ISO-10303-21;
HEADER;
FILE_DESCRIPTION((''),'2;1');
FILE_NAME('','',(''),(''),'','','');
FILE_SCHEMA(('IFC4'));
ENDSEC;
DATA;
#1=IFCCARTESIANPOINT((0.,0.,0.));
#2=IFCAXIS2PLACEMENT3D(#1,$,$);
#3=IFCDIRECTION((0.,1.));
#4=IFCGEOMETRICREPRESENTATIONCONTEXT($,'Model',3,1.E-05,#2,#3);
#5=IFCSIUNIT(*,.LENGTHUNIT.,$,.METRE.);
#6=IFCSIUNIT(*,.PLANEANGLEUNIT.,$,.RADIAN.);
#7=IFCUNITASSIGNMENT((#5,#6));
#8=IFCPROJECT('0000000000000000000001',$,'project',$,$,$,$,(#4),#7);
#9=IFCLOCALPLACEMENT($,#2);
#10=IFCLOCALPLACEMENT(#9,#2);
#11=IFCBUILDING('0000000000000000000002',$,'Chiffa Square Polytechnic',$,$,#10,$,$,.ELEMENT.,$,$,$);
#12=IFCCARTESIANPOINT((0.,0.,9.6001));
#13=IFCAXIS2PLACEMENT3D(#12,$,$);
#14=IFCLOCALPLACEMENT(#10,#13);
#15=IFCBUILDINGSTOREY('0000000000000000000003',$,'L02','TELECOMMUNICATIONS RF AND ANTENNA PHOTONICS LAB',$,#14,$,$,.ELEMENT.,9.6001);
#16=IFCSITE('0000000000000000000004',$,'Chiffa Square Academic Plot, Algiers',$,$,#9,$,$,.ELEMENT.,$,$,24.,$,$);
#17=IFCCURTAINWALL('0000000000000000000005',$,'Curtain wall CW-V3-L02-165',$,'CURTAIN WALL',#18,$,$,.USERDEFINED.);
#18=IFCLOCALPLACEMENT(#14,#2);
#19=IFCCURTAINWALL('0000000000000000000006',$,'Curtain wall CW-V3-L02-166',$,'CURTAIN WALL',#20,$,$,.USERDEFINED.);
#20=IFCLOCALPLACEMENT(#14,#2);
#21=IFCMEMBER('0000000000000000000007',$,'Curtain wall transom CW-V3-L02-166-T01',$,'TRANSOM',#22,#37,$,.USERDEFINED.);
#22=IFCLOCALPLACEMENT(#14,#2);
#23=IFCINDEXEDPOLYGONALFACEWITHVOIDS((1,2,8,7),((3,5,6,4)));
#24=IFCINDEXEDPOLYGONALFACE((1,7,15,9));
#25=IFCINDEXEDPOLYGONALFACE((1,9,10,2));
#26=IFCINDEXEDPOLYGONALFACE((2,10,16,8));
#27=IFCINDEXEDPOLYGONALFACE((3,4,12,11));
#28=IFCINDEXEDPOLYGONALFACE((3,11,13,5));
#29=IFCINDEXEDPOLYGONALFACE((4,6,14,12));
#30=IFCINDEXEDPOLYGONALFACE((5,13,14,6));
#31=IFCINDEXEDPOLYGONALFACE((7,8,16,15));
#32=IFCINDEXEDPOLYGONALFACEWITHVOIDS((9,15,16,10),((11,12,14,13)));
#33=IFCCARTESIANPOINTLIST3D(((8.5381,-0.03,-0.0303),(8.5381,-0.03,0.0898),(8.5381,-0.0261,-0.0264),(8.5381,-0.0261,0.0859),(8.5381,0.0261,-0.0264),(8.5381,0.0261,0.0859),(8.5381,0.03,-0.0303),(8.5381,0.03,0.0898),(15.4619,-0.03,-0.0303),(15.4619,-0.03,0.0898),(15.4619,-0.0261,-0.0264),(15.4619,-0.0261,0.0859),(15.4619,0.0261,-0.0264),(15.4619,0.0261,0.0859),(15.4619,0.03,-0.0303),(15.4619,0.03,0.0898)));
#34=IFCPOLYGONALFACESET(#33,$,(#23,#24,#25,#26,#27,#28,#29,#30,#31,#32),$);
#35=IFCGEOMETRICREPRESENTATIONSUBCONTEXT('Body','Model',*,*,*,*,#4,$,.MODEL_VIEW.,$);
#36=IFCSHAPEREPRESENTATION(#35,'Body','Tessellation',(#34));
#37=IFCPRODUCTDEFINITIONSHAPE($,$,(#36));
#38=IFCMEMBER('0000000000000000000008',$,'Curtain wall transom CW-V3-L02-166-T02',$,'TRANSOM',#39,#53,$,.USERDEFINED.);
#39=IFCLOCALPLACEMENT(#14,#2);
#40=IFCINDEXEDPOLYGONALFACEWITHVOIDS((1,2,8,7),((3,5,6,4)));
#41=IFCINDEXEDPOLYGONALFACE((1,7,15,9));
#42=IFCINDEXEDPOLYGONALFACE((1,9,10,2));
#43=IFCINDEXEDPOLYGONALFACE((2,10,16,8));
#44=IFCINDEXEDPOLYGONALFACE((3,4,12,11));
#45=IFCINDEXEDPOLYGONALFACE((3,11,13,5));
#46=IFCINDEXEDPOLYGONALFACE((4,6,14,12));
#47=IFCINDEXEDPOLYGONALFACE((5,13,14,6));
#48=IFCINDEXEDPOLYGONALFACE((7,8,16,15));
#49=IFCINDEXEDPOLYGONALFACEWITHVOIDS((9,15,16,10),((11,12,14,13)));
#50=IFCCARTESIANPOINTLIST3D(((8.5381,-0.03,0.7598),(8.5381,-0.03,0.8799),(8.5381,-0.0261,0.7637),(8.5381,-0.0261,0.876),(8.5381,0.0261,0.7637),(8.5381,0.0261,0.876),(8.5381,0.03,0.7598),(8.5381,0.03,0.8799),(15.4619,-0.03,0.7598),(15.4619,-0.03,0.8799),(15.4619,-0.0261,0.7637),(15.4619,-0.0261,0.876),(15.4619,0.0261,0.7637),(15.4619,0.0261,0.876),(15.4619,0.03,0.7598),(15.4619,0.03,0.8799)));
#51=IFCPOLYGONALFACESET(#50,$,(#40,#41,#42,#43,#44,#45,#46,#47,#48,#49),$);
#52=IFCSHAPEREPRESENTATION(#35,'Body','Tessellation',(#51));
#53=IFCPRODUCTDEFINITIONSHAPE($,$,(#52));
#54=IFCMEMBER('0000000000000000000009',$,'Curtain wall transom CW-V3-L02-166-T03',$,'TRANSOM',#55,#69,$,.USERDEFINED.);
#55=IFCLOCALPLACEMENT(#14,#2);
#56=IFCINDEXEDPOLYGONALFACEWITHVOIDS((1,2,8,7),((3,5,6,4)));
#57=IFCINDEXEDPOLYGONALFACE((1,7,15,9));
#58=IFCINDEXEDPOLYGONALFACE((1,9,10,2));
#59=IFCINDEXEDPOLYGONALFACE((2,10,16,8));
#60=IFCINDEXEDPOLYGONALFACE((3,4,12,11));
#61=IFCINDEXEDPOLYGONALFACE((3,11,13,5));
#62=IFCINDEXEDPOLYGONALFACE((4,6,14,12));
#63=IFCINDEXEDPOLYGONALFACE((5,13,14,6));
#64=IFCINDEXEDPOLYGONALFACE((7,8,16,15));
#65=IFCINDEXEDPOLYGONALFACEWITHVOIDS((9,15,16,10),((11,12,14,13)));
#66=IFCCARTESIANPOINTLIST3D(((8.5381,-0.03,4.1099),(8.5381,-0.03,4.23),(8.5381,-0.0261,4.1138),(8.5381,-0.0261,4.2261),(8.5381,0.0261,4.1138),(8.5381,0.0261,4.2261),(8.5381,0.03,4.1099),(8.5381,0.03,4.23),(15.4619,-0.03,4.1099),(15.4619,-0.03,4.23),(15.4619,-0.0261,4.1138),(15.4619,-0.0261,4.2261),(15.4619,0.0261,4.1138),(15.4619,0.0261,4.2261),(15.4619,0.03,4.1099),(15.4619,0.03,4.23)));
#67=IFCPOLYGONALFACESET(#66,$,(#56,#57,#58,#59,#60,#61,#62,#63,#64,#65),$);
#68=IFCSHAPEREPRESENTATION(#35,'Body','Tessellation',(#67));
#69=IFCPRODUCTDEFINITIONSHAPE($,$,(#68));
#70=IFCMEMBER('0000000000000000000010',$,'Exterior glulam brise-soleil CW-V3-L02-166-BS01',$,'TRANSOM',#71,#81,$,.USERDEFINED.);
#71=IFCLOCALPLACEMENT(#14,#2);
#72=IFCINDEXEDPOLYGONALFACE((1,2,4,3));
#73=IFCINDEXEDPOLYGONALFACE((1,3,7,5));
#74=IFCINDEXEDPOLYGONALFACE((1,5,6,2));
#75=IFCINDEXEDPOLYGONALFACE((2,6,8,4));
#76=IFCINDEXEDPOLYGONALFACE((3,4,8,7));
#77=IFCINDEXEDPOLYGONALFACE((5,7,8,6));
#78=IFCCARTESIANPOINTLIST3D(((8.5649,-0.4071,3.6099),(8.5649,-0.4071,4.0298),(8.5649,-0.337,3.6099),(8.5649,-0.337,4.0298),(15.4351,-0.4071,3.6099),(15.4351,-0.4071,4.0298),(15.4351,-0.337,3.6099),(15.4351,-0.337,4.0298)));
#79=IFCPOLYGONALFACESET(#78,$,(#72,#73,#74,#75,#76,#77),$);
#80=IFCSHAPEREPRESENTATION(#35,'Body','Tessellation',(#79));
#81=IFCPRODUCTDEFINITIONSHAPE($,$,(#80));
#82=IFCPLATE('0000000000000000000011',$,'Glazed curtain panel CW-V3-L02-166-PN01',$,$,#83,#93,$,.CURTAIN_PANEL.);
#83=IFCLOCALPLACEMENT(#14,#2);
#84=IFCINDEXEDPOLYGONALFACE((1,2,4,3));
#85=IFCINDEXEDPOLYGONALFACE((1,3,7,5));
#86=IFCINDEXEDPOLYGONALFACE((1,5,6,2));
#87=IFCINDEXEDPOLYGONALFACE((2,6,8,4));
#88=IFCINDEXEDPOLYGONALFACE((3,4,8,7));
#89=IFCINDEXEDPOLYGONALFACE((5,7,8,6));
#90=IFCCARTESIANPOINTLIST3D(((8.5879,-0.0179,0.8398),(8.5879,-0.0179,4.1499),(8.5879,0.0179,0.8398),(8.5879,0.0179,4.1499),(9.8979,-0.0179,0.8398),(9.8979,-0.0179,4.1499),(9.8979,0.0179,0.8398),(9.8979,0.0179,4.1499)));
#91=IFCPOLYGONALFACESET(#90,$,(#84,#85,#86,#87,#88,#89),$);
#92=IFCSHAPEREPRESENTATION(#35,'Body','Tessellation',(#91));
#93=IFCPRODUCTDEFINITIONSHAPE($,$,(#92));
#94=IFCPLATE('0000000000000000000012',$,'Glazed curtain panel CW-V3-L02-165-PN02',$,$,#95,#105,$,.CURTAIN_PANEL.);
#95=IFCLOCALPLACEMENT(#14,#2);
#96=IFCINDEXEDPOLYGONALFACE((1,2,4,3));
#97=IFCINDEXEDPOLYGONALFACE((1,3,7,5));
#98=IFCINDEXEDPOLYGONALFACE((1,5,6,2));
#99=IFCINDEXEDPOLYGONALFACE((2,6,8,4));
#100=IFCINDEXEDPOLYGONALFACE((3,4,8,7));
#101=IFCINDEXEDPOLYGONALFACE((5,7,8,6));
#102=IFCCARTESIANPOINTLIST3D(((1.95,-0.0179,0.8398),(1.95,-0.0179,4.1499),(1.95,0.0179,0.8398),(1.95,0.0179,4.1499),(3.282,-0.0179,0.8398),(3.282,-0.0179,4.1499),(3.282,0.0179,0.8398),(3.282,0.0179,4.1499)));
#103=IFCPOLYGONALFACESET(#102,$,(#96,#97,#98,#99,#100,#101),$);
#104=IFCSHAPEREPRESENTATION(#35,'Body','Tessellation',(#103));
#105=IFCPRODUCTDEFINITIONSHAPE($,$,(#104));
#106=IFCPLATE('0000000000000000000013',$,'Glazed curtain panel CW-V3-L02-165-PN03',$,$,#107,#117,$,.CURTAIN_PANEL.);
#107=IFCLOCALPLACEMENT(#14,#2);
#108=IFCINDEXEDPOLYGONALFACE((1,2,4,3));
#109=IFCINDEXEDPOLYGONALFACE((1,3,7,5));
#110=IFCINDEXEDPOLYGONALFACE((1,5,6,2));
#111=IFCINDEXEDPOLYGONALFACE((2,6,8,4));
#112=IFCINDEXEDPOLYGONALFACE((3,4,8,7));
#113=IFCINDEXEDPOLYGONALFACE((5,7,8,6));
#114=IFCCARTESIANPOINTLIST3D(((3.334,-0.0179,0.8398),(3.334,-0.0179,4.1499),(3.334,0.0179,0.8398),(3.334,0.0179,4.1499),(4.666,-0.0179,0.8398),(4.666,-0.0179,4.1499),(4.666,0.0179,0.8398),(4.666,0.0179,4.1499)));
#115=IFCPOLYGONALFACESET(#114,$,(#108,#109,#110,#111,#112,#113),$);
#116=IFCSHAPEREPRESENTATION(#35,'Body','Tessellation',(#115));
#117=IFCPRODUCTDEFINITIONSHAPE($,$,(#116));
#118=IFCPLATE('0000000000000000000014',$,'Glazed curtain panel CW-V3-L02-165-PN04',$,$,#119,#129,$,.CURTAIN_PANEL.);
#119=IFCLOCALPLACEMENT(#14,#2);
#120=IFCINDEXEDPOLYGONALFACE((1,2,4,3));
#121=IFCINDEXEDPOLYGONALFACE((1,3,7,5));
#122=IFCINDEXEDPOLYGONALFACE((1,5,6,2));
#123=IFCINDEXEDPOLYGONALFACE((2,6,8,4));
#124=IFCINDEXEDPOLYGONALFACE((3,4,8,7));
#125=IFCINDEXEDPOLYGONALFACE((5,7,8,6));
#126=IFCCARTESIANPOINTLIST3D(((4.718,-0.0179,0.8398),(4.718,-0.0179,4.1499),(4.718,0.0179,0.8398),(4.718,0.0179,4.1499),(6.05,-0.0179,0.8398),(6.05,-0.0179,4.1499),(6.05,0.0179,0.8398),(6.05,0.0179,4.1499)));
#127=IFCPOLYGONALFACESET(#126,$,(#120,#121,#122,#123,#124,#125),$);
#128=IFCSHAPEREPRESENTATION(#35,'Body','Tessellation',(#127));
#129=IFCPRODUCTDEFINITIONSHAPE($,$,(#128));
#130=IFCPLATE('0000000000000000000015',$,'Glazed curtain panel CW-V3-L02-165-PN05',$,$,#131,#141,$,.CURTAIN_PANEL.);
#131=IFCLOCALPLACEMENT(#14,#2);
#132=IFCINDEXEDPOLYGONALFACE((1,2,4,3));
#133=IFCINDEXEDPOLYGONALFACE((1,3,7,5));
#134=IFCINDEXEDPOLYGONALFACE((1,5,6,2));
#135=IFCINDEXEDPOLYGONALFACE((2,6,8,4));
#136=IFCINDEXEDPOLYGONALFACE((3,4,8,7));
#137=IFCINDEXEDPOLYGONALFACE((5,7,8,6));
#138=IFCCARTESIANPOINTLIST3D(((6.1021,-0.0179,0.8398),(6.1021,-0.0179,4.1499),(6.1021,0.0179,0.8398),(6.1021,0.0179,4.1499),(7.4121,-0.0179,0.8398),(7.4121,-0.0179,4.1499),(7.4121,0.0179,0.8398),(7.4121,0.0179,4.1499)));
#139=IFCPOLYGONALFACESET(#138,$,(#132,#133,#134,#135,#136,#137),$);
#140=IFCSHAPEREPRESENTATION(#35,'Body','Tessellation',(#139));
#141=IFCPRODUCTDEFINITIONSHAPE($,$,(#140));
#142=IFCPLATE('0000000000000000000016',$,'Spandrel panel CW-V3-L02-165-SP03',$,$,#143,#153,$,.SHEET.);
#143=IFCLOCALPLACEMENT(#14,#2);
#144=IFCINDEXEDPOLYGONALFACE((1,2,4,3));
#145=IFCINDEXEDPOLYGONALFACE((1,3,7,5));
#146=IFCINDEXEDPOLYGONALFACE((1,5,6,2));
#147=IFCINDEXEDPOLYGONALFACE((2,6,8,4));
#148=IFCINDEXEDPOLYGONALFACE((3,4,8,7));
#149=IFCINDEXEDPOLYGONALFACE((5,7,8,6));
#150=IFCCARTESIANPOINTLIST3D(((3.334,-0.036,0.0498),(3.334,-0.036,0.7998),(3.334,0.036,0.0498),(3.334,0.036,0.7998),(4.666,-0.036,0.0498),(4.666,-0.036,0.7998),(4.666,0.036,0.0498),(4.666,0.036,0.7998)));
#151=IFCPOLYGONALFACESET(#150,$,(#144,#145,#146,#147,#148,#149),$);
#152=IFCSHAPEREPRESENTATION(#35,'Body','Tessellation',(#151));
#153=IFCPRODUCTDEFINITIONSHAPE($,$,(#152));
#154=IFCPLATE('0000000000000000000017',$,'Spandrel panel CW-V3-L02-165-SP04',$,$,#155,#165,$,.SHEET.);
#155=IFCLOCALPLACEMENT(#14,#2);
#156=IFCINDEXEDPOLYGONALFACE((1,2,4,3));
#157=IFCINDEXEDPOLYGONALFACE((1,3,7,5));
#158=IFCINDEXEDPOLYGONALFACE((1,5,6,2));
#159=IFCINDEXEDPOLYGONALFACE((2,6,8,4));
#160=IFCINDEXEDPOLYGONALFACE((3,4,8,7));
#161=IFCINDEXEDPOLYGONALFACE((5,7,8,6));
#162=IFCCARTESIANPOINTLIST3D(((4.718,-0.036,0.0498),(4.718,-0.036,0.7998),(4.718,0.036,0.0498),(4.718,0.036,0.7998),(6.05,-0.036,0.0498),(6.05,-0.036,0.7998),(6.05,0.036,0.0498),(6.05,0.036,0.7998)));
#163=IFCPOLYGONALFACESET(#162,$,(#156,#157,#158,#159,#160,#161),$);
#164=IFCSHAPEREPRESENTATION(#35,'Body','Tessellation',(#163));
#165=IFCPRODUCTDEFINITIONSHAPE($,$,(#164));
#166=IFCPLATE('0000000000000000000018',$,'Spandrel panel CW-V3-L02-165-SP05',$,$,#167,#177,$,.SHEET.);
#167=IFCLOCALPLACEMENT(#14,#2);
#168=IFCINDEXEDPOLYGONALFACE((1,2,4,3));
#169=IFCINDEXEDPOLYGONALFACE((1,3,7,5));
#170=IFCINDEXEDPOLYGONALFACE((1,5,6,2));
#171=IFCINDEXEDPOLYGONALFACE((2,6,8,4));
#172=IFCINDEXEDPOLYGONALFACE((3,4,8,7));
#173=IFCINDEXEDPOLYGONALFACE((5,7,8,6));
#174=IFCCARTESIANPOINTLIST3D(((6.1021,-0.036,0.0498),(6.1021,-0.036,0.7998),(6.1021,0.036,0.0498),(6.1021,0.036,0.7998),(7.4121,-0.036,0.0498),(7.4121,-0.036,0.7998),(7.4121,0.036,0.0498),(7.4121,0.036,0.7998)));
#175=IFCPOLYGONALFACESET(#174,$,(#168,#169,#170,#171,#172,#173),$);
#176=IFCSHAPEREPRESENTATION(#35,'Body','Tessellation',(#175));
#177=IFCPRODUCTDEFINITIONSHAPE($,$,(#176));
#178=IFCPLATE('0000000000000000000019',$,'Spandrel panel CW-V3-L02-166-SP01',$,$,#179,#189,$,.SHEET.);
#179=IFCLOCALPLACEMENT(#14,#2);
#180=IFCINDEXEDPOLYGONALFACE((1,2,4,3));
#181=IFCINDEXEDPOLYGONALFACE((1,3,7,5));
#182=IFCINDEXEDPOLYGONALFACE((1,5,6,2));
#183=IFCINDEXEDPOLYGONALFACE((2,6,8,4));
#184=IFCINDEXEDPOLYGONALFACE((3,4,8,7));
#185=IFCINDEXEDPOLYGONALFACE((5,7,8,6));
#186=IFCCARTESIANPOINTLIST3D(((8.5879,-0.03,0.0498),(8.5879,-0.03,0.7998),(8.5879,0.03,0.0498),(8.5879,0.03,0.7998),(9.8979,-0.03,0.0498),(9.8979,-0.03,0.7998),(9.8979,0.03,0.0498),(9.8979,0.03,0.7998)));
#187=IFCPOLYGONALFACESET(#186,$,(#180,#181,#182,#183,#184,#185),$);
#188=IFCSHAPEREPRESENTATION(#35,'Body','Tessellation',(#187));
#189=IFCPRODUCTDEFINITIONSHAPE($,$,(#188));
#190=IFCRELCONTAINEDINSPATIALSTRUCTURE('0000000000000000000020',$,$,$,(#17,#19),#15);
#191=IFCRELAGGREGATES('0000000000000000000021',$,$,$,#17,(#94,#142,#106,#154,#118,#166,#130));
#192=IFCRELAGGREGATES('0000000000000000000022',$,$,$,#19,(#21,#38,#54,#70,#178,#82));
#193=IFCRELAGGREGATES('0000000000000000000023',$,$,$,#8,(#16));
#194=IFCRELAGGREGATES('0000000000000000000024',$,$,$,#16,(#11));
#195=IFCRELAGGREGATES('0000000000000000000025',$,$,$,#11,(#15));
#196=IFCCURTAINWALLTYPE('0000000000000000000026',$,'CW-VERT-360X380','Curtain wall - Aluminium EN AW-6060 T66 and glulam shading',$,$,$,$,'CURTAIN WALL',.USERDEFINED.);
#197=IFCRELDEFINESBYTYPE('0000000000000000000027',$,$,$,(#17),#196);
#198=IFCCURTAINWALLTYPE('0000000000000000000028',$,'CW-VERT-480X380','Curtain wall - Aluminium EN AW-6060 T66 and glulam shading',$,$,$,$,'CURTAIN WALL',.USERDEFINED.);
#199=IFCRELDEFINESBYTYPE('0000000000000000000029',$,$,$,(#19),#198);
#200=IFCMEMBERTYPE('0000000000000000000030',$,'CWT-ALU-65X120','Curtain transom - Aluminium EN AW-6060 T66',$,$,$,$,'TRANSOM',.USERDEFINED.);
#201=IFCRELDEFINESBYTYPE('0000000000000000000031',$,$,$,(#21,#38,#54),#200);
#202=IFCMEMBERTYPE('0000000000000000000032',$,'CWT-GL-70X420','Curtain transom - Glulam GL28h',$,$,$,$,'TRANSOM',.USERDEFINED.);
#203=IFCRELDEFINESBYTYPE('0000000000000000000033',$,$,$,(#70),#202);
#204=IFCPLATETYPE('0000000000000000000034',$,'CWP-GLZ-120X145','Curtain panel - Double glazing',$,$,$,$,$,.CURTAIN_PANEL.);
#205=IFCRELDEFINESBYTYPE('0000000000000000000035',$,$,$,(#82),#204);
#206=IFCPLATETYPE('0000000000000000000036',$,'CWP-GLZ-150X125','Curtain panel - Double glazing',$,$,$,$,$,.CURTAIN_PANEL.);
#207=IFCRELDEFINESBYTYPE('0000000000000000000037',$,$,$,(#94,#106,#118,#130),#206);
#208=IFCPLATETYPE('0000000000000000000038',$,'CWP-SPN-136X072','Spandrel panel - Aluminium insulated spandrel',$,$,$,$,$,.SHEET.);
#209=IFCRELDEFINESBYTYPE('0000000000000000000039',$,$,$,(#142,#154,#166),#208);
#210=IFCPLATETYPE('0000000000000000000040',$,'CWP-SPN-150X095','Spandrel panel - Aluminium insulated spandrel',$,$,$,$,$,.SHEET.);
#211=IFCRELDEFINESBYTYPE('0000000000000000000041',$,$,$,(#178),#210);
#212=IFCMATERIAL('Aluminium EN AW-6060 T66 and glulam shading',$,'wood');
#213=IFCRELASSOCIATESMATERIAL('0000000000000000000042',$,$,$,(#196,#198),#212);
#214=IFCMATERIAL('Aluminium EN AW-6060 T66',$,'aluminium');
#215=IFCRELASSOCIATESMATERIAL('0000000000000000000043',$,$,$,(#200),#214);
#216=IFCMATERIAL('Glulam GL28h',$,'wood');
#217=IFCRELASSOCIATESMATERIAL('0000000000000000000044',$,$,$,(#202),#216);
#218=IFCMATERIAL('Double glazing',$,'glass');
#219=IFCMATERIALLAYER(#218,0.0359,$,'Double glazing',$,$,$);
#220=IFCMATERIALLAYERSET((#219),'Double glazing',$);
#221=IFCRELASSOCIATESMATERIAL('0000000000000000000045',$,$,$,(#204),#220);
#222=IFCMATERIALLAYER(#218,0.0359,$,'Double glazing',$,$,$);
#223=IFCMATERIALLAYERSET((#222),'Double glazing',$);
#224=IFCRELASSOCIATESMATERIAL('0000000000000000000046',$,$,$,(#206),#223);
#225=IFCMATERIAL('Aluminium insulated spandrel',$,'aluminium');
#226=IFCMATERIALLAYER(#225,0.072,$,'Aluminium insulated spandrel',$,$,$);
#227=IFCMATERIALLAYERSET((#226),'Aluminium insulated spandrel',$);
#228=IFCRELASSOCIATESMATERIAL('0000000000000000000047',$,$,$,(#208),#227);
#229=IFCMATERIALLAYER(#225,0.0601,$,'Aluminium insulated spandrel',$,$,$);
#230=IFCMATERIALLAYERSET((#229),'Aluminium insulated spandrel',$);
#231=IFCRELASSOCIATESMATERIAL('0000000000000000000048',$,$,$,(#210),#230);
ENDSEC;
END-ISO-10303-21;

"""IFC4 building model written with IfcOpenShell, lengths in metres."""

from ifc_helpers import new_model, si_unit, direction, frame, origin, origin_2d, place, context, subcontext, project, spatial, rectangle, hollow_rectangle, extrude, material, layer, layer_set, material_profile, profile_set, type_object, element, aggregate, save


model = new_model("IFC4")

# Units and contexts
model_context = context("Model", 3, precision=1e-05, world=origin(), true_north=direction((0.0, 1.0)))
body_context = subcontext(model_context, "Body", "Model", "MODEL_VIEW")
ifc_project = project(units=[si_unit("LENGTHUNIT", "METRE"), si_unit("PLANEANGLEUNIT", "RADIAN")], contexts=[model_context])

# Site, building, storey
site_placement = place(None, origin())
site = spatial("IfcSite", under=ifc_project, at=site_placement, Name="Chiffa Square Academic Plot, Algiers", CompositionType="ELEMENT", RefElevation=24.0)
building_placement = place(site_placement, origin())
building = spatial("IfcBuilding", under=site, at=building_placement, Name="Chiffa Square Polytechnic", CompositionType="ELEMENT")
storey_placement = place(building_placement, frame((0.0, 0.0, 9.6001)))
storey = spatial("IfcBuildingStorey", under=building, at=storey_placement, Name="L02", Description="TELECOMMUNICATIONS RF AND ANTENNA PHOTONICS LAB", CompositionType="ELEMENT", Elevation=9.6001)

# Curtain wall
ifc_material_1 = material(Name="Aluminium EN AW-6060 T66 and glulam shading", Category="wood")
curtain_wall_type_1 = type_object("IfcCurtainWallType", Name="CW-VERT-360X380", Description="Curtain wall - Aluminium EN AW-6060 T66 and glulam shading", ElementType="CURTAIN WALL", PredefinedType="USERDEFINED", material=ifc_material_1)
curtain_wall_1_placement = place(storey_placement, origin())
curtain_wall_1 = element("IfcCurtainWall", 1, at=curtain_wall_1_placement, inside=storey, type_object=curtain_wall_type_1, Name="Curtain wall CW-V3-L02-165", ObjectType="CURTAIN WALL", PredefinedType="USERDEFINED")
ifc_material_2 = material(Name="Aluminium EN AW-6060 T66", Category="aluminium")

# Curtain wall
curtain_wall_type_2 = type_object("IfcCurtainWallType", Name="CW-VERT-480X380", Description="Curtain wall - Aluminium EN AW-6060 T66 and glulam shading", ElementType="CURTAIN WALL", PredefinedType="USERDEFINED", material=ifc_material_1)
curtain_wall_2_placement = place(storey_placement, origin())
curtain_wall_2 = element("IfcCurtainWall", 2, at=curtain_wall_2_placement, inside=storey, type_object=curtain_wall_type_2, Name="Curtain wall CW-V3-L02-166", ObjectType="CURTAIN WALL", PredefinedType="USERDEFINED")

# Members
ifc_material_3 = material(Name="Glulam GL28h", Category="wood")
ifc_material_profile_1 = material_profile(ifc_material_2, hollow_rectangle(XDim=0.0601, YDim=0.1201, WallThickness=0.0039, at=origin_2d()), Name="ALU 60x120x4")
ifc_profile_set_1 = profile_set([ifc_material_profile_1], Name="Aluminium EN AW-6060 T66")
member_type_1 = type_object("IfcMemberType", Name="CWT-ALU-65X120", Description="Curtain transom - Aluminium EN AW-6060 T66", ElementType="TRANSOM", PredefinedType="USERDEFINED", material=ifc_profile_set_1)
member_1_placement = place(storey_placement, frame((8.5381, 0.0, 0.0298), z_axis=(1.0, 0.0, 0.0), x_axis=(0.0, 1.0, 0.0)))
member_1 = element("IfcMember", 3, at=member_1_placement, type_object=member_type_1, Name="Curtain wall transom CW-V3-L02-166-T01", ObjectType="TRANSOM", PredefinedType="USERDEFINED", context=body_context, shape_type="SweptSolid", body=[
    extrude(hollow_rectangle(XDim=0.0601, YDim=0.1201, WallThickness=0.0039, at=origin_2d()), origin(), (0.0, 0.0, 1.0), 6.9238),
])
member_2_placement = place(storey_placement, frame((8.5381, 0.0, 0.8198), z_axis=(1.0, 0.0, 0.0), x_axis=(0.0, 1.0, 0.0)))
member_2 = element("IfcMember", 4, at=member_2_placement, type_object=member_type_1, Name="Curtain wall transom CW-V3-L02-166-T02", ObjectType="TRANSOM", PredefinedType="USERDEFINED", context=body_context, shape_type="SweptSolid", body=[
    extrude(hollow_rectangle(XDim=0.0601, YDim=0.1201, WallThickness=0.0039, at=origin_2d()), origin(), (0.0, 0.0, 1.0), 6.9238),
])
member_3_placement = place(storey_placement, frame((8.5381, 0.0, 4.1699), z_axis=(1.0, 0.0, 0.0), x_axis=(0.0, 1.0, 0.0)))
member_3 = element("IfcMember", 5, at=member_3_placement, type_object=member_type_1, Name="Curtain wall transom CW-V3-L02-166-T03", ObjectType="TRANSOM", PredefinedType="USERDEFINED", context=body_context, shape_type="SweptSolid", body=[
    extrude(hollow_rectangle(XDim=0.0601, YDim=0.1201, WallThickness=0.0039, at=origin_2d()), origin(), (0.0, 0.0, 1.0), 6.9238),
])
ifc_material_profile_2 = material_profile(ifc_material_3, rectangle(XDim=0.0701, YDim=0.4199, at=origin_2d()), Name="GL28h 70x420")
ifc_profile_set_2 = profile_set([ifc_material_profile_2], Name="Glulam GL28h")
member_type_2 = type_object("IfcMemberType", Name="CWT-GL-70X420", Description="Curtain transom - Glulam GL28h", ElementType="TRANSOM", PredefinedType="USERDEFINED", material=ifc_profile_set_2)
member_4_placement = place(storey_placement, frame((8.5649, -0.3721, 3.8198), z_axis=(1.0, 0.0, 0.0), x_axis=(0.0, 1.0, 0.0)))
member_4 = element("IfcMember", 6, at=member_4_placement, type_object=member_type_2, Name="Exterior glulam brise-soleil CW-V3-L02-166-BS01", ObjectType="TRANSOM", PredefinedType="USERDEFINED", context=body_context, shape_type="SweptSolid", body=[
    extrude(rectangle(XDim=0.0701, YDim=0.4199, at=origin_2d()), origin(), (0.0, 0.0, 1.0), 6.8701),
])

# Plates
ifc_material_4 = material(Name="Double glazing", Category="glass")
ifc_layer_1 = layer(ifc_material_4, 0.0359, Name="Double glazing")
ifc_layer_set_1 = layer_set([ifc_layer_1], Name="Double glazing")
plate_type_1 = type_object("IfcPlateType", Name="CWP-GLZ-120X145", Description="Curtain panel - Double glazing", PredefinedType="CURTAIN_PANEL", material=ifc_layer_set_1)
plate_1_placement = place(storey_placement, frame((9.2429, 0.0, 0.8398), z_axis=(0.0, 0.0, 1.0), x_axis=(1.0, 0.0, 0.0)))
plate_1 = element("IfcPlate", 7, at=plate_1_placement, type_object=plate_type_1, Name="Glazed curtain panel CW-V3-L02-166-PN01", PredefinedType="CURTAIN_PANEL", context=body_context, shape_type="SweptSolid", body=[
    extrude(rectangle(XDim=1.3101, YDim=0.0359, at=origin_2d()), origin(), (0.0, 0.0, 1.0), 3.3101),
])
ifc_layer_2 = layer(ifc_material_4, 0.0359, Name="Double glazing")
ifc_layer_set_2 = layer_set([ifc_layer_2], Name="Double glazing")
plate_type_2 = type_object("IfcPlateType", Name="CWP-GLZ-150X125", Description="Curtain panel - Double glazing", PredefinedType="CURTAIN_PANEL", material=ifc_layer_set_2)
plate_2_placement = place(storey_placement, frame((2.616, 0.0, 0.8398), z_axis=(0.0, 0.0, 1.0), x_axis=(1.0, 0.0, 0.0)))
plate_2 = element("IfcPlate", 8, at=plate_2_placement, type_object=plate_type_2, Name="Glazed curtain panel CW-V3-L02-165-PN02", PredefinedType="CURTAIN_PANEL", context=body_context, shape_type="SweptSolid", body=[
    extrude(rectangle(XDim=1.332, YDim=0.0359, at=origin_2d()), origin(), (0.0, 0.0, 1.0), 3.3101),
])
plate_3_placement = place(storey_placement, frame((4.0, 0.0, 0.8398), z_axis=(0.0, 0.0, 1.0), x_axis=(1.0, 0.0, 0.0)))
plate_3 = element("IfcPlate", 9, at=plate_3_placement, type_object=plate_type_2, Name="Glazed curtain panel CW-V3-L02-165-PN03", PredefinedType="CURTAIN_PANEL", context=body_context, shape_type="SweptSolid", body=[
    extrude(rectangle(XDim=1.332, YDim=0.0359, at=origin_2d()), origin(), (0.0, 0.0, 1.0), 3.3101),
])
plate_4_placement = place(storey_placement, frame((5.384, 0.0, 0.8398), z_axis=(0.0, 0.0, 1.0), x_axis=(1.0, 0.0, 0.0)))
plate_4 = element("IfcPlate", 10, at=plate_4_placement, type_object=plate_type_2, Name="Glazed curtain panel CW-V3-L02-165-PN04", PredefinedType="CURTAIN_PANEL", context=body_context, shape_type="SweptSolid", body=[
    extrude(rectangle(XDim=1.332, YDim=0.0359, at=origin_2d()), origin(), (0.0, 0.0, 1.0), 3.3101),
])
plate_5_placement = place(storey_placement, frame((6.7571, 0.0, 0.8398), z_axis=(0.0, 0.0, 1.0), x_axis=(1.0, 0.0, 0.0)))
plate_5 = element("IfcPlate", 11, at=plate_5_placement, type_object=plate_type_2, Name="Glazed curtain panel CW-V3-L02-165-PN05", PredefinedType="CURTAIN_PANEL", context=body_context, shape_type="SweptSolid", body=[
    extrude(rectangle(XDim=1.3101, YDim=0.0359, at=origin_2d()), origin(), (0.0, 0.0, 1.0), 3.3101),
])
ifc_material_5 = material(Name="Aluminium insulated spandrel", Category="aluminium")
ifc_layer_3 = layer(ifc_material_5, 0.072, Name="Aluminium insulated spandrel")
ifc_layer_set_3 = layer_set([ifc_layer_3], Name="Aluminium insulated spandrel")
plate_type_3 = type_object("IfcPlateType", Name="CWP-SPN-136X072", Description="Spandrel panel - Aluminium insulated spandrel", PredefinedType="SHEET", material=ifc_layer_set_3)
plate_6_placement = place(storey_placement, frame((4.0, 0.0, 0.0498), z_axis=(0.0, 0.0, 1.0), x_axis=(1.0, 0.0, 0.0)))
plate_6 = element("IfcPlate", 12, at=plate_6_placement, type_object=plate_type_3, Name="Spandrel panel CW-V3-L02-165-SP03", PredefinedType="SHEET", context=body_context, shape_type="SweptSolid", body=[
    extrude(rectangle(XDim=1.332, YDim=0.072, at=origin_2d()), origin(), (0.0, 0.0, 1.0), 0.75),
])
plate_7_placement = place(storey_placement, frame((5.384, 0.0, 0.0498), z_axis=(0.0, 0.0, 1.0), x_axis=(1.0, 0.0, 0.0)))
plate_7 = element("IfcPlate", 13, at=plate_7_placement, type_object=plate_type_3, Name="Spandrel panel CW-V3-L02-165-SP04", PredefinedType="SHEET", context=body_context, shape_type="SweptSolid", body=[
    extrude(rectangle(XDim=1.332, YDim=0.072, at=origin_2d()), origin(), (0.0, 0.0, 1.0), 0.75),
])
plate_8_placement = place(storey_placement, frame((6.7571, 0.0, 0.0498), z_axis=(0.0, 0.0, 1.0), x_axis=(1.0, 0.0, 0.0)))
plate_8 = element("IfcPlate", 14, at=plate_8_placement, type_object=plate_type_3, Name="Spandrel panel CW-V3-L02-165-SP05", PredefinedType="SHEET", context=body_context, shape_type="SweptSolid", body=[
    extrude(rectangle(XDim=1.3101, YDim=0.072, at=origin_2d()), origin(), (0.0, 0.0, 1.0), 0.75),
])
aggregate(curtain_wall_1, [plate_2, plate_6, plate_3, plate_7, plate_4, plate_8, plate_5])
ifc_layer_4 = layer(ifc_material_5, 0.0601, Name="Aluminium insulated spandrel")
ifc_layer_set_4 = layer_set([ifc_layer_4], Name="Aluminium insulated spandrel")
plate_type_4 = type_object("IfcPlateType", Name="CWP-SPN-150X095", Description="Spandrel panel - Aluminium insulated spandrel", PredefinedType="SHEET", material=ifc_layer_set_4)
plate_9_placement = place(storey_placement, frame((9.2429, 0.0, 0.0498), z_axis=(0.0, 0.0, 1.0), x_axis=(1.0, 0.0, 0.0)))
plate_9 = element("IfcPlate", 15, at=plate_9_placement, type_object=plate_type_4, Name="Spandrel panel CW-V3-L02-166-SP01", PredefinedType="SHEET", context=body_context, shape_type="SweptSolid", body=[
    extrude(rectangle(XDim=1.3101, YDim=0.0601, at=origin_2d()), origin(), (0.0, 0.0, 1.0), 0.75),
])
aggregate(curtain_wall_2, [member_1, member_2, member_3, member_4, plate_9, plate_1])

save(model, "model.ifc")
